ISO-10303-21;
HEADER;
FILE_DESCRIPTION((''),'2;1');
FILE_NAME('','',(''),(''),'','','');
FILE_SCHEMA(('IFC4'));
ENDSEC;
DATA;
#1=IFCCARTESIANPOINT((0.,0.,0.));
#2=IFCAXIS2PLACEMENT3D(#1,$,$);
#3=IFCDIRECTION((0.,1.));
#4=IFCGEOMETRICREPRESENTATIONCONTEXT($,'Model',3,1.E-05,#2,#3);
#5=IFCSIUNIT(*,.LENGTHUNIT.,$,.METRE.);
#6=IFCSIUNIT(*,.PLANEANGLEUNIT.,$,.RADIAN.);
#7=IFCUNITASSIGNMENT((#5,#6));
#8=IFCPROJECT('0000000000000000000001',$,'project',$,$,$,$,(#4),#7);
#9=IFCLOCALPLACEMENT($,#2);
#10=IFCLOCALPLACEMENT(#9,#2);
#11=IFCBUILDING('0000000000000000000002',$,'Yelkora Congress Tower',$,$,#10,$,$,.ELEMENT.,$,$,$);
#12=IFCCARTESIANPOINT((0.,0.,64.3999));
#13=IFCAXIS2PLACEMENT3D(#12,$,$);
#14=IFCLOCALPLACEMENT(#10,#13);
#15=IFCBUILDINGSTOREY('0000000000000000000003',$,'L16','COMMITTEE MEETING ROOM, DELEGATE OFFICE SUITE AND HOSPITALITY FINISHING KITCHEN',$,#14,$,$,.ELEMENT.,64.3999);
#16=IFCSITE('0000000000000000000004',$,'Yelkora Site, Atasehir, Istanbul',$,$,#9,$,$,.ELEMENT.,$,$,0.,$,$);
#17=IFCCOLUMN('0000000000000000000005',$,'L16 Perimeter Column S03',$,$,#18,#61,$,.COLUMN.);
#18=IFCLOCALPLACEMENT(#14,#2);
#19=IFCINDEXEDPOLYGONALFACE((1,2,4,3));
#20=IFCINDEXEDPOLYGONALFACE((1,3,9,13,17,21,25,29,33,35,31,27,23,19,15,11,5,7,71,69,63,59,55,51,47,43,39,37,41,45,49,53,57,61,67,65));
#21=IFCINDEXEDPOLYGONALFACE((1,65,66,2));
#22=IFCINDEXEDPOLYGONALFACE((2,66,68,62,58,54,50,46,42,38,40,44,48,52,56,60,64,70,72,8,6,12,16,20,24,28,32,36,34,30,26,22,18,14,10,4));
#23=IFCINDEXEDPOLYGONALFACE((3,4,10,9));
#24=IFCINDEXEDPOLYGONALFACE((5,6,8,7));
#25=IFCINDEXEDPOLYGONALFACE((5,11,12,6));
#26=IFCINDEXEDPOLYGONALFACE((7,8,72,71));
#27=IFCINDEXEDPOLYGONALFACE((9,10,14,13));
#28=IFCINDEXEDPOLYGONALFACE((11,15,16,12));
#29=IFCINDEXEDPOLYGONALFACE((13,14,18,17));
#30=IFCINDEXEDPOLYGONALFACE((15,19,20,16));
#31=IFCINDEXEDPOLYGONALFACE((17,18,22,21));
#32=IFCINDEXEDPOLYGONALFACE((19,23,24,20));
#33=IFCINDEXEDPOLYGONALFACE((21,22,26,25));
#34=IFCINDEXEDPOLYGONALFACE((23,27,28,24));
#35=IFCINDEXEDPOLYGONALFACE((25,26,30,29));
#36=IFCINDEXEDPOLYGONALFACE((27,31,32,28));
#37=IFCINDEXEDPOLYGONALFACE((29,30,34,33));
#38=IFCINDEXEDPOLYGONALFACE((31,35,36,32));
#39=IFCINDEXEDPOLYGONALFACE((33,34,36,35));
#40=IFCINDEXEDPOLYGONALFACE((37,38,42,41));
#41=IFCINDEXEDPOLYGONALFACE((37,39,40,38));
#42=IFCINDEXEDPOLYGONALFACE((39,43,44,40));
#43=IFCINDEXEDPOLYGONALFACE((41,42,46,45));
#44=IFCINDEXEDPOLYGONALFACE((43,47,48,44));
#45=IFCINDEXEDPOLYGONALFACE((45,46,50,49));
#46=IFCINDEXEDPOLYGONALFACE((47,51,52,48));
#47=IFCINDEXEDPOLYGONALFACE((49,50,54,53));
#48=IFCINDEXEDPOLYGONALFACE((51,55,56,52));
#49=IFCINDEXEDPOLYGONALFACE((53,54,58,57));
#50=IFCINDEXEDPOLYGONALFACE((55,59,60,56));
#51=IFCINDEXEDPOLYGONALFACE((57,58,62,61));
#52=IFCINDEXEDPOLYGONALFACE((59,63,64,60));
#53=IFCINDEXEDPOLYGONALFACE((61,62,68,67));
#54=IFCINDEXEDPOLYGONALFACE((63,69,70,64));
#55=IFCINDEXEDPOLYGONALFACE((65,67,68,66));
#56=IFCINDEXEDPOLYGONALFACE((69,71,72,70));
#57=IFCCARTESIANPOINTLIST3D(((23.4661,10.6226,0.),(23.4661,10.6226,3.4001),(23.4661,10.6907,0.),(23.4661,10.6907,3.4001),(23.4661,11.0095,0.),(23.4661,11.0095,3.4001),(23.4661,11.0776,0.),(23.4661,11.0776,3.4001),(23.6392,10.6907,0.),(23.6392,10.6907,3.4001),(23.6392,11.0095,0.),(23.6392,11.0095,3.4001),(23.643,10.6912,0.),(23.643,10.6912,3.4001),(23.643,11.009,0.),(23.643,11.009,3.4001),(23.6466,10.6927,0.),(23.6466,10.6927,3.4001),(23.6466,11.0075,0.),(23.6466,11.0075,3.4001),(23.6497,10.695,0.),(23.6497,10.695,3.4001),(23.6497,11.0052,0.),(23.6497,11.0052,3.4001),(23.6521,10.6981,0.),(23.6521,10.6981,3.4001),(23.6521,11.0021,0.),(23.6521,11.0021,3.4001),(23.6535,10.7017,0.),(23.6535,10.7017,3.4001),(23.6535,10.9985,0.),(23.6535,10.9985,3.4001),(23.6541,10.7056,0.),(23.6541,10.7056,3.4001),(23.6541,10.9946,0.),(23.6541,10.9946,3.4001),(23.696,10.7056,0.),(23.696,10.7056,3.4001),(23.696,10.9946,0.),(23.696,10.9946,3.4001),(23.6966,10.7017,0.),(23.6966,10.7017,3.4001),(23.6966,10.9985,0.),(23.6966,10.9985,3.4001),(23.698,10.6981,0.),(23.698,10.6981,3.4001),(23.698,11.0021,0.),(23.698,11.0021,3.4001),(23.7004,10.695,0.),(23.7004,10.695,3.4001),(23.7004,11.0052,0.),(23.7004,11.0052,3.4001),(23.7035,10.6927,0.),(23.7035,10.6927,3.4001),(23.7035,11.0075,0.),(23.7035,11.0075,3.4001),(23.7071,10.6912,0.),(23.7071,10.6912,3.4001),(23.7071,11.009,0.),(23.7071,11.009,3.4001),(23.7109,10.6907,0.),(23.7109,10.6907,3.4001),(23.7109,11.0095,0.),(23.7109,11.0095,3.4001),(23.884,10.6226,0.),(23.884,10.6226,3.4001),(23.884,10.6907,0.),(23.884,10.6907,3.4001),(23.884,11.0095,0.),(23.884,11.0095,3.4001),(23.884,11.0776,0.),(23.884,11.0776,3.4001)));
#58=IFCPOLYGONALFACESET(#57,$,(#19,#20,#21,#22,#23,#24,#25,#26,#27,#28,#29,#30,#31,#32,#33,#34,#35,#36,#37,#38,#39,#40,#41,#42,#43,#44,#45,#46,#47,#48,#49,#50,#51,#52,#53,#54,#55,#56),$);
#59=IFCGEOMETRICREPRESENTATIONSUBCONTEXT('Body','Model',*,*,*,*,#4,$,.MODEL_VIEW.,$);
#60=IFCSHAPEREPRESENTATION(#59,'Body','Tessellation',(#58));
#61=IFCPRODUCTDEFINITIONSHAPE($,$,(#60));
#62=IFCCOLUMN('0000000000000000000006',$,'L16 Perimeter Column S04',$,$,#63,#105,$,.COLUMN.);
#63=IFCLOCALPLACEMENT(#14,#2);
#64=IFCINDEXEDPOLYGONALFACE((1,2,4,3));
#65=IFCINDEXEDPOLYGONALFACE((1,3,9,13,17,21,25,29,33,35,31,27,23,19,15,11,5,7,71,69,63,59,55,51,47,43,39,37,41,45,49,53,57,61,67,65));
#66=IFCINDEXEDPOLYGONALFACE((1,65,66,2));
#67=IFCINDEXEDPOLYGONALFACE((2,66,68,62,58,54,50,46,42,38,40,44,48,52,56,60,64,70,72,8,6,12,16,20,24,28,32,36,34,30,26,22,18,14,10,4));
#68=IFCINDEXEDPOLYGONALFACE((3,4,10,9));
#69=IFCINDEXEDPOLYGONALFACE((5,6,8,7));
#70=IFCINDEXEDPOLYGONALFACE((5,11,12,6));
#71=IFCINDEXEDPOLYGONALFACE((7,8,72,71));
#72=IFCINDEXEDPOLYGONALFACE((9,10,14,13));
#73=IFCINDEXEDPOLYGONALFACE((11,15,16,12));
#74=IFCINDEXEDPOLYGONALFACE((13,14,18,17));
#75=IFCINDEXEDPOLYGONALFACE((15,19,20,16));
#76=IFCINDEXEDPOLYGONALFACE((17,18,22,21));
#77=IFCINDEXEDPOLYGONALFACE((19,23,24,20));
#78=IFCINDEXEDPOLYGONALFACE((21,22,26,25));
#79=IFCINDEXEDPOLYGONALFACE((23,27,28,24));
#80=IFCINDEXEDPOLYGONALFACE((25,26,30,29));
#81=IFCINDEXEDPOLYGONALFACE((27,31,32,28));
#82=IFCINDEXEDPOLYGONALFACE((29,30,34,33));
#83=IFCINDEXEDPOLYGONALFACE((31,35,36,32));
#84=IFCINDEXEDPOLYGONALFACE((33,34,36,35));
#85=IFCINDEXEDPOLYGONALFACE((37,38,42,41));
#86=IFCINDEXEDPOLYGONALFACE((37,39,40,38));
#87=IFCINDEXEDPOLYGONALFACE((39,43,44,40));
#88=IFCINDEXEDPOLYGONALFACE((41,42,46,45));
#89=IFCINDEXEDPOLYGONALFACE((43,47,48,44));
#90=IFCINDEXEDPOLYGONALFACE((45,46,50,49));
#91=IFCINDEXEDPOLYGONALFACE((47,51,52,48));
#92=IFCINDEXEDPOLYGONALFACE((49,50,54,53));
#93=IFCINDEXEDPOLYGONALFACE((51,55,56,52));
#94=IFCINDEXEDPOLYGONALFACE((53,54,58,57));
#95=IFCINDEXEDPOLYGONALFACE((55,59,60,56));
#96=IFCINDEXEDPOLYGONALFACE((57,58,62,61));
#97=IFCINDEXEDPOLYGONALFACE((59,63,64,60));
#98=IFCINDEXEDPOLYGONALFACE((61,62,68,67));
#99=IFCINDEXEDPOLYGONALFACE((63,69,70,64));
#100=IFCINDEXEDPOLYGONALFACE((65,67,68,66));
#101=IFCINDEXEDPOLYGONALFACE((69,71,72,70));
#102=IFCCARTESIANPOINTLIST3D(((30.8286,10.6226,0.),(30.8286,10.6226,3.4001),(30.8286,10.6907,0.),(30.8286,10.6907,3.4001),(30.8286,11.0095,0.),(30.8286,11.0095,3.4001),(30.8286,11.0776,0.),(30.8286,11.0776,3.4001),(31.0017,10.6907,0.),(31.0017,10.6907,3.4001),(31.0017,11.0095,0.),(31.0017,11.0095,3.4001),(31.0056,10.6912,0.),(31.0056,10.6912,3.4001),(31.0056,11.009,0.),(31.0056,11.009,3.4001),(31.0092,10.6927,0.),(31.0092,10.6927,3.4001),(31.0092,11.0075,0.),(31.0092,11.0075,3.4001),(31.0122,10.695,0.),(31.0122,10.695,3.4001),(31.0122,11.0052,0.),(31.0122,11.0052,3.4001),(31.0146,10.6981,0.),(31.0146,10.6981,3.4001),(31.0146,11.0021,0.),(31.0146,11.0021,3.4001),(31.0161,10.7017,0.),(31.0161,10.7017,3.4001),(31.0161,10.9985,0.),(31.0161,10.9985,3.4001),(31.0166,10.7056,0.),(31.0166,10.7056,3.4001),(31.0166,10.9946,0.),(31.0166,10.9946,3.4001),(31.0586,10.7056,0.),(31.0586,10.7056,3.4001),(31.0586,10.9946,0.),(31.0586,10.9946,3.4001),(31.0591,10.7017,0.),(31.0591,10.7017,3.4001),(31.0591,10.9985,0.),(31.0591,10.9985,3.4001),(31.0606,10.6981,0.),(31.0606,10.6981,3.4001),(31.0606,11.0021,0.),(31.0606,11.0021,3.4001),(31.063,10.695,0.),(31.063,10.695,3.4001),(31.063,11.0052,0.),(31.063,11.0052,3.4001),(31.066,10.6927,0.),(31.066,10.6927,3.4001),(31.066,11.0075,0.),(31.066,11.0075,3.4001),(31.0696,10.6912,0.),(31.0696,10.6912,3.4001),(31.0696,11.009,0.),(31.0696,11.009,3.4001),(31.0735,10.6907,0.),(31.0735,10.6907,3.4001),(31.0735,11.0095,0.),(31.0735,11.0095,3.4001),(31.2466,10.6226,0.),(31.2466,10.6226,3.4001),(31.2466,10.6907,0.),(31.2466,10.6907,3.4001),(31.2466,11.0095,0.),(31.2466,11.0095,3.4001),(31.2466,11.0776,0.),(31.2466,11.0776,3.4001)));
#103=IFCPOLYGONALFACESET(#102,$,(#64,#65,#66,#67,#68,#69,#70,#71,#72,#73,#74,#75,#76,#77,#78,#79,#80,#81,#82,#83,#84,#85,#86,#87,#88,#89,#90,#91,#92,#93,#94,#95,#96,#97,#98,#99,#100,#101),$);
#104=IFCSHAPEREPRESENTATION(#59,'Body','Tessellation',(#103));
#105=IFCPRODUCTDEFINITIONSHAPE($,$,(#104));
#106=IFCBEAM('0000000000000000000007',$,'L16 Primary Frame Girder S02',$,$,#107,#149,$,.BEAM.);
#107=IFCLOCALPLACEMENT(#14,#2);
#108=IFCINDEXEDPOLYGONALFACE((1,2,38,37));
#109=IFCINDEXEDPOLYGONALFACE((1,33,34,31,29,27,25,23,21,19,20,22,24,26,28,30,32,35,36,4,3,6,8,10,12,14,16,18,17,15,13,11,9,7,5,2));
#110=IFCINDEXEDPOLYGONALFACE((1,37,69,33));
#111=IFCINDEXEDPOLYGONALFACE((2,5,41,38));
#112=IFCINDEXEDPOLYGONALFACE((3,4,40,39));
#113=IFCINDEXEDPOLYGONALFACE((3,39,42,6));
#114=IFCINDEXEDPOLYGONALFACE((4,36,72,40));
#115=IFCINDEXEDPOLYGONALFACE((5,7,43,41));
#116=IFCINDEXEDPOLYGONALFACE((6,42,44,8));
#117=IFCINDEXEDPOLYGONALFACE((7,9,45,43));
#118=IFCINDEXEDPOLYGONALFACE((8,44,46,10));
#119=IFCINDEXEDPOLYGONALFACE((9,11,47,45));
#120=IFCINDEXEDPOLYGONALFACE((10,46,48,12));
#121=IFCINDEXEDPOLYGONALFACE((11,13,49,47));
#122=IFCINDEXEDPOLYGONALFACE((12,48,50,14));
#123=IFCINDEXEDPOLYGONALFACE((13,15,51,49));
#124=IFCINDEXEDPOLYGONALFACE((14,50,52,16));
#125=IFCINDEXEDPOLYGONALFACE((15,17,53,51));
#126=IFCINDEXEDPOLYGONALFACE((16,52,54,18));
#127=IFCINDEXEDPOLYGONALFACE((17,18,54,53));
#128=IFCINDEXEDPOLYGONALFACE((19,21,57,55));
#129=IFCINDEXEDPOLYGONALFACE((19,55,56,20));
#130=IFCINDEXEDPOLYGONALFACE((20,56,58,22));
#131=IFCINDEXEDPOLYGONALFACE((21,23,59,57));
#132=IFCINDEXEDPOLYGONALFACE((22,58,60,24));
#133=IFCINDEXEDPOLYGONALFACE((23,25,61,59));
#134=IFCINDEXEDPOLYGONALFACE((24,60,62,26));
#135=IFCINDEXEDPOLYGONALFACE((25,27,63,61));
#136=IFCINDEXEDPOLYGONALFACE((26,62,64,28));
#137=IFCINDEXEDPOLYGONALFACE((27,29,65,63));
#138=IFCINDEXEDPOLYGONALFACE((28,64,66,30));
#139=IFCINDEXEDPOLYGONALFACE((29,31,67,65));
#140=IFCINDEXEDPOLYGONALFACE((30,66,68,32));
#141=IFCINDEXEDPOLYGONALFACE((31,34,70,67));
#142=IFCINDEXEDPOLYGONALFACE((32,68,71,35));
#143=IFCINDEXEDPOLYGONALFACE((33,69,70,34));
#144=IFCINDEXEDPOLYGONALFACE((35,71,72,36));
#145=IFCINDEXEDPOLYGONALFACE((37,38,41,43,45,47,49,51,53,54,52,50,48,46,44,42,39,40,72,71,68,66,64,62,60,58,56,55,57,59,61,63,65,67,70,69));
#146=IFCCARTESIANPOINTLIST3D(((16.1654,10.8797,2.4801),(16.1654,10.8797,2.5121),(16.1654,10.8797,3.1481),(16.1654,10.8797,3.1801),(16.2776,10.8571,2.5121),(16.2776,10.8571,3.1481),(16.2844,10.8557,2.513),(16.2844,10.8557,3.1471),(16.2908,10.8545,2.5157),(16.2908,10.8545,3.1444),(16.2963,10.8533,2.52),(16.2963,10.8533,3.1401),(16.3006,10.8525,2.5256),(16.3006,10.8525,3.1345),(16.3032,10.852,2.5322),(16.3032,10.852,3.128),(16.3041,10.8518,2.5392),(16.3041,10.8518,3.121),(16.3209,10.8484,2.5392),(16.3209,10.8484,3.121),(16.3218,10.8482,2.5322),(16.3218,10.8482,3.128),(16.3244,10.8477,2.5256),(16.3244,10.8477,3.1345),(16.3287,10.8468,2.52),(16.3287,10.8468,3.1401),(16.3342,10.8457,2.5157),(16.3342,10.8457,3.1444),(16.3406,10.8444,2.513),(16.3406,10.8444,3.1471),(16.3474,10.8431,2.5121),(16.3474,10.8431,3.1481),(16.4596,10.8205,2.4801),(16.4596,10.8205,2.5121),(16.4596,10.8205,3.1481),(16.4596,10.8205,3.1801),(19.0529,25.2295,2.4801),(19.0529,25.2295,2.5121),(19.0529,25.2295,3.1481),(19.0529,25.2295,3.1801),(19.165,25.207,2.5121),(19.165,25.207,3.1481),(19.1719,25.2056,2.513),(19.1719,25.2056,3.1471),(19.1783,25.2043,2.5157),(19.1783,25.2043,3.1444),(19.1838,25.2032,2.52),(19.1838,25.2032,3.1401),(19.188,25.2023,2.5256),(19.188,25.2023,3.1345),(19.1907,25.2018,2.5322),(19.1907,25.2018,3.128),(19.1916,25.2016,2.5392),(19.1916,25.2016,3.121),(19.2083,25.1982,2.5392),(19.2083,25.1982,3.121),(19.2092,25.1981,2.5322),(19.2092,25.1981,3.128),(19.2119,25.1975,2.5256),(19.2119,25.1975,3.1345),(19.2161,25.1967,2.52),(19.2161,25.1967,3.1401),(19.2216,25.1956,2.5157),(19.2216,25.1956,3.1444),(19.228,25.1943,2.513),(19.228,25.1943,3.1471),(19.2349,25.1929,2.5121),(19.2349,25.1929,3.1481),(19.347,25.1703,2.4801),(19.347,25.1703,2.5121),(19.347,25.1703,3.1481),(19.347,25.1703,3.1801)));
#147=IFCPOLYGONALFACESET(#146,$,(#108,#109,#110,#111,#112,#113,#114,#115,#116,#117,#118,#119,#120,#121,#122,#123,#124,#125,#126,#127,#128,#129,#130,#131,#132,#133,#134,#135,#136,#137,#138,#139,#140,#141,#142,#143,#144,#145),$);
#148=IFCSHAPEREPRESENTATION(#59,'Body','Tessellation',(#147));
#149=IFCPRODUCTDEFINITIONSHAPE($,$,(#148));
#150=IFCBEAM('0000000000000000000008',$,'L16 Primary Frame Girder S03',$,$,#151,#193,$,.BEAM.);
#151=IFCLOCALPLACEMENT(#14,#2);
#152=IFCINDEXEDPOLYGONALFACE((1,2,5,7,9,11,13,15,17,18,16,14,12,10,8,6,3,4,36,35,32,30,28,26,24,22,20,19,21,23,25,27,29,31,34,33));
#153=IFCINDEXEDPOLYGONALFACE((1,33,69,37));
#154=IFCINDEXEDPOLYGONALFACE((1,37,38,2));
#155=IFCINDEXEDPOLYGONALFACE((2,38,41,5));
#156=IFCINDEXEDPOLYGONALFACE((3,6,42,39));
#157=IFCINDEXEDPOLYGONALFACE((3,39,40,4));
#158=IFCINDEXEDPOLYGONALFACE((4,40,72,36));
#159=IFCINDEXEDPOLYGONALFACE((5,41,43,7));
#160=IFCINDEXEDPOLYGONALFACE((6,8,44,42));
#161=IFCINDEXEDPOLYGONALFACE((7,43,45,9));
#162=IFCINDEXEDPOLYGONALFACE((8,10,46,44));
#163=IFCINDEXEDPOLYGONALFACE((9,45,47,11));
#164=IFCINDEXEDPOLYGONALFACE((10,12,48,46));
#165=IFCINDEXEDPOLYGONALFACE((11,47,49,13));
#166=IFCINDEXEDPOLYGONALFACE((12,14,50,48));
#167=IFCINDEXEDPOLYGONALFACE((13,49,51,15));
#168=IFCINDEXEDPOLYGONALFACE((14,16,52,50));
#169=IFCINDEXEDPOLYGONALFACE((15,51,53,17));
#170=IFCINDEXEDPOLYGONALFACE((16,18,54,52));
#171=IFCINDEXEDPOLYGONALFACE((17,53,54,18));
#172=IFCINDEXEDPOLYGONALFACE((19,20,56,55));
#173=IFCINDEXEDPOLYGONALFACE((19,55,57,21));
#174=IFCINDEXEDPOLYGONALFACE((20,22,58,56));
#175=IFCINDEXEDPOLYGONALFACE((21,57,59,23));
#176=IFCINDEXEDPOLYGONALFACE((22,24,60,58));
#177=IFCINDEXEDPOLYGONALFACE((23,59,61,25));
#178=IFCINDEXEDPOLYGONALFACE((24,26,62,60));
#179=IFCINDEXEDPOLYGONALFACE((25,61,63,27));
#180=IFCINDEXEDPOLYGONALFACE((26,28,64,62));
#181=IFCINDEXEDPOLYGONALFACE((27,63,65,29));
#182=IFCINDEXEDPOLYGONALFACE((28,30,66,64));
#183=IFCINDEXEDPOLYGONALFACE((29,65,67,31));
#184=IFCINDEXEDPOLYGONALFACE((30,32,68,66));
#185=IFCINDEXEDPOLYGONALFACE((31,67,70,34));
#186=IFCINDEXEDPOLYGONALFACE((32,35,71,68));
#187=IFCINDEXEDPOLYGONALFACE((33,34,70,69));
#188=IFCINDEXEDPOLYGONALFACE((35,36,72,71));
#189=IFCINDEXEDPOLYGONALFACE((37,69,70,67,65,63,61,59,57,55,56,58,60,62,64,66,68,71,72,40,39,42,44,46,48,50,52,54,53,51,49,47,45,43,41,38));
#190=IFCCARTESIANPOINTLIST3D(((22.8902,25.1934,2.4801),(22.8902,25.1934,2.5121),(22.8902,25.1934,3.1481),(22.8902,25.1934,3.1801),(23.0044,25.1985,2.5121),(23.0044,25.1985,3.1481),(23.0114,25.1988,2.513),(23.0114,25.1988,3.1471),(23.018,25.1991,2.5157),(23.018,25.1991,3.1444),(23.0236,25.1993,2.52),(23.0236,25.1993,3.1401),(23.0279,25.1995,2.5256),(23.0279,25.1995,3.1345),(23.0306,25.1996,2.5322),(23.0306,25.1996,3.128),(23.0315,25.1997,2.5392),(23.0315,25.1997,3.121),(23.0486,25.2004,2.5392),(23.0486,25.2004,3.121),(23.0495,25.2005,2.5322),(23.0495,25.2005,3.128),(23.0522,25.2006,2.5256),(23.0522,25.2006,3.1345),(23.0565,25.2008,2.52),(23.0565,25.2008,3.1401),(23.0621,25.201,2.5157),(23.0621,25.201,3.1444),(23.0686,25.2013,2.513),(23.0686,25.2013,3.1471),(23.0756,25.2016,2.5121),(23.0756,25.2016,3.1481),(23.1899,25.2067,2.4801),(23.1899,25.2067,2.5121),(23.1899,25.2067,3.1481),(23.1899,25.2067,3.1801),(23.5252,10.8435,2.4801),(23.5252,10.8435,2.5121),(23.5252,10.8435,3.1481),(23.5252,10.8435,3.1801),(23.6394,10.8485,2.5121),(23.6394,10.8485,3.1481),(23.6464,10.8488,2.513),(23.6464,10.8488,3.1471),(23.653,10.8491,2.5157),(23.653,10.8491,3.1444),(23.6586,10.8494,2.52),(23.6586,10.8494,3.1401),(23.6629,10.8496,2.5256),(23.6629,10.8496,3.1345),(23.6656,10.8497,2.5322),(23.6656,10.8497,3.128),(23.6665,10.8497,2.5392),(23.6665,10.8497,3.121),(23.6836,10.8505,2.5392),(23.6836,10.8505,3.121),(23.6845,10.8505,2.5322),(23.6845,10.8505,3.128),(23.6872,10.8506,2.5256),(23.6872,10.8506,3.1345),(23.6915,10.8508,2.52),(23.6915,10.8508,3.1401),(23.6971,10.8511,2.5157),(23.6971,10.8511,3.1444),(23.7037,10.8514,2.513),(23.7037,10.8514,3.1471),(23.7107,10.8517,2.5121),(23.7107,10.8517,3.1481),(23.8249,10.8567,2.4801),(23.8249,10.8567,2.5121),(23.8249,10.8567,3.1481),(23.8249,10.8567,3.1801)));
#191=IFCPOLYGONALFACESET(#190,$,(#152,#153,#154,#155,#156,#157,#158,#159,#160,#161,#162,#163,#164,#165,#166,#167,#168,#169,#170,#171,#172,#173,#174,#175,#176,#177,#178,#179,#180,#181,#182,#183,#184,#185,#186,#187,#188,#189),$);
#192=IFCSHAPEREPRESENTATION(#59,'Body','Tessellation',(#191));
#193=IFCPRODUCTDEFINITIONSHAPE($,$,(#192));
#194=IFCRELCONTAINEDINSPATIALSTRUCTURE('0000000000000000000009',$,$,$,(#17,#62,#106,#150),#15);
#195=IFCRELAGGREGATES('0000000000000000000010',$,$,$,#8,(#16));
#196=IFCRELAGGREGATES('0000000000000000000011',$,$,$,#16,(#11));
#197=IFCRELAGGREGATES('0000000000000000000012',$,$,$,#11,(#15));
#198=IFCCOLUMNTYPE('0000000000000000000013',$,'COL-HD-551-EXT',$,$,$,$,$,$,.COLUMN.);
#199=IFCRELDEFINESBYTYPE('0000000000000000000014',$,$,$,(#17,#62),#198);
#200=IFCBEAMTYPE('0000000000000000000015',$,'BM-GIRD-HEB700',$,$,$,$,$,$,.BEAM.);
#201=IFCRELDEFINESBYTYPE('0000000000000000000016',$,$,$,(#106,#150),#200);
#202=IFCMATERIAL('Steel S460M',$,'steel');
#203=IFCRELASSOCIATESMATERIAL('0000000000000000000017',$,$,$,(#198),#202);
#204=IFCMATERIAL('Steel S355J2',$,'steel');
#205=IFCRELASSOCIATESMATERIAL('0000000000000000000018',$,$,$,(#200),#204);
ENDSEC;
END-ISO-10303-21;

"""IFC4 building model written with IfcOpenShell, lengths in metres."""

from ifc_helpers import new_model, si_unit, direction, frame, origin, origin_2d, place, context, subcontext, project, spatial, i_section, extrude, material, material_profile, profile_set, type_object, element, save


model = new_model("IFC4")

# Units and contexts
model_context = context("Model", 3, precision=1e-05, world=origin(), true_north=direction((0.0, 1.0)))
body_context = subcontext(model_context, "Body", "Model", "MODEL_VIEW")
ifc_project = project(units=[si_unit("LENGTHUNIT", "METRE"), si_unit("PLANEANGLEUNIT", "RADIAN")], contexts=[model_context])

# Site, building, storey
site_placement = place(None, origin())
site = spatial("IfcSite", under=ifc_project, at=site_placement, Name="Yelkora Site, Atasehir, Istanbul", CompositionType="ELEMENT", RefElevation=0.0)
building_placement = place(site_placement, origin())
building = spatial("IfcBuilding", under=site, at=building_placement, Name="Yelkora Congress Tower", CompositionType="ELEMENT")
storey_placement = place(building_placement, frame((0.0, 0.0, 64.3999)))
storey = spatial("IfcBuildingStorey", under=building, at=storey_placement, Name="L16", Description="COMMITTEE MEETING ROOM, DELEGATE OFFICE SUITE AND HOSPITALITY FINISHING KITCHEN", CompositionType="ELEMENT", Elevation=64.3999)

# Columns
ifc_material_1 = material(Name="Steel S460M", Category="steel")
ifc_material_profile_1 = material_profile(ifc_material_1, i_section(OverallWidth=0.418, OverallDepth=0.4551, WebThickness=0.042, FlangeThickness=0.0681, FilletRadius=0.0149, at=origin_2d()), Name="HD 400x551")
ifc_profile_set_1 = profile_set([ifc_material_profile_1], Name="Steel S460M")
column_type = type_object("IfcColumnType", Name="COL-HD-551-EXT", PredefinedType="COLUMN", material=ifc_profile_set_1)
for number, where, z_axis, x_axis, name in (
    (1, (23.675, 10.8501, 0.0), (0.0, 0.0, 1.0), (1.0, 0.0, 0.0), "L16 Perimeter Column S03"),
    (2, (31.0376, 10.8501, 0.0), (0.0, 0.0, 1.0), (1.0, 0.0, 0.0), "L16 Perimeter Column S04"),
):
    element("IfcColumn", number, at=place(storey_placement, frame(where, z_axis=z_axis, x_axis=x_axis)), inside=storey, type_object=column_type, Name=name, PredefinedType="COLUMN", context=body_context, shape_type="SweptSolid", body=[
        extrude(i_section(OverallWidth=0.418, OverallDepth=0.4551, WebThickness=0.042, FlangeThickness=0.0681, FilletRadius=0.0149, at=origin_2d()), origin(), (0.0, 0.0, 1.0), 3.4001),
    ])

# Beams
ifc_material_2 = material(Name="Steel S355J2", Category="steel")
ifc_material_profile_2 = material_profile(ifc_material_2, i_section(OverallWidth=0.3, OverallDepth=0.7, WebThickness=0.0171, FlangeThickness=0.032, FilletRadius=0.0271, at=origin_2d()), Name="HEB 700")
ifc_profile_set_2 = profile_set([ifc_material_profile_2], Name="Steel S355J2")
beam_type_1 = type_object("IfcBeamType", Name="BM-GIRD-HEB700", PredefinedType="BEAM", material=ifc_profile_set_2)
beam_1_placement = place(storey_placement, frame((16.3125, 10.8501, 2.8301), z_axis=(0.197264, 0.98035, 0.0), x_axis=(-0.98035, 0.197264, 0.0)))
element("IfcBeam", 3, at=beam_1_placement, inside=storey, type_object=beam_type_1, Name="L16 Primary Frame Girder S02", PredefinedType="BEAM", context=body_context, shape_type="SweptSolid", body=[
    extrude(i_section(OverallWidth=0.3, OverallDepth=0.7, WebThickness=0.0171, FlangeThickness=0.032, FilletRadius=0.0271, at=origin_2d()), origin(), (0.0, 0.0, 1.0), 14.6375),
])
beam_2_placement = place(storey_placement, frame((23.675, 10.8501, 2.8301), z_axis=(-0.044209, 0.999022, 0.0), x_axis=(-0.999022, -0.044209, 0.0)))
element("IfcBeam", 4, at=beam_2_placement, inside=storey, type_object=beam_type_1, Name="L16 Primary Frame Girder S03", PredefinedType="BEAM", context=body_context, shape_type="SweptSolid", body=[
    extrude(i_section(OverallWidth=0.3, OverallDepth=0.7, WebThickness=0.0171, FlangeThickness=0.032, FilletRadius=0.0271, at=origin_2d()), origin(), (0.0, 0.0, 1.0), 14.364),
])

save(model, "model.ifc")
